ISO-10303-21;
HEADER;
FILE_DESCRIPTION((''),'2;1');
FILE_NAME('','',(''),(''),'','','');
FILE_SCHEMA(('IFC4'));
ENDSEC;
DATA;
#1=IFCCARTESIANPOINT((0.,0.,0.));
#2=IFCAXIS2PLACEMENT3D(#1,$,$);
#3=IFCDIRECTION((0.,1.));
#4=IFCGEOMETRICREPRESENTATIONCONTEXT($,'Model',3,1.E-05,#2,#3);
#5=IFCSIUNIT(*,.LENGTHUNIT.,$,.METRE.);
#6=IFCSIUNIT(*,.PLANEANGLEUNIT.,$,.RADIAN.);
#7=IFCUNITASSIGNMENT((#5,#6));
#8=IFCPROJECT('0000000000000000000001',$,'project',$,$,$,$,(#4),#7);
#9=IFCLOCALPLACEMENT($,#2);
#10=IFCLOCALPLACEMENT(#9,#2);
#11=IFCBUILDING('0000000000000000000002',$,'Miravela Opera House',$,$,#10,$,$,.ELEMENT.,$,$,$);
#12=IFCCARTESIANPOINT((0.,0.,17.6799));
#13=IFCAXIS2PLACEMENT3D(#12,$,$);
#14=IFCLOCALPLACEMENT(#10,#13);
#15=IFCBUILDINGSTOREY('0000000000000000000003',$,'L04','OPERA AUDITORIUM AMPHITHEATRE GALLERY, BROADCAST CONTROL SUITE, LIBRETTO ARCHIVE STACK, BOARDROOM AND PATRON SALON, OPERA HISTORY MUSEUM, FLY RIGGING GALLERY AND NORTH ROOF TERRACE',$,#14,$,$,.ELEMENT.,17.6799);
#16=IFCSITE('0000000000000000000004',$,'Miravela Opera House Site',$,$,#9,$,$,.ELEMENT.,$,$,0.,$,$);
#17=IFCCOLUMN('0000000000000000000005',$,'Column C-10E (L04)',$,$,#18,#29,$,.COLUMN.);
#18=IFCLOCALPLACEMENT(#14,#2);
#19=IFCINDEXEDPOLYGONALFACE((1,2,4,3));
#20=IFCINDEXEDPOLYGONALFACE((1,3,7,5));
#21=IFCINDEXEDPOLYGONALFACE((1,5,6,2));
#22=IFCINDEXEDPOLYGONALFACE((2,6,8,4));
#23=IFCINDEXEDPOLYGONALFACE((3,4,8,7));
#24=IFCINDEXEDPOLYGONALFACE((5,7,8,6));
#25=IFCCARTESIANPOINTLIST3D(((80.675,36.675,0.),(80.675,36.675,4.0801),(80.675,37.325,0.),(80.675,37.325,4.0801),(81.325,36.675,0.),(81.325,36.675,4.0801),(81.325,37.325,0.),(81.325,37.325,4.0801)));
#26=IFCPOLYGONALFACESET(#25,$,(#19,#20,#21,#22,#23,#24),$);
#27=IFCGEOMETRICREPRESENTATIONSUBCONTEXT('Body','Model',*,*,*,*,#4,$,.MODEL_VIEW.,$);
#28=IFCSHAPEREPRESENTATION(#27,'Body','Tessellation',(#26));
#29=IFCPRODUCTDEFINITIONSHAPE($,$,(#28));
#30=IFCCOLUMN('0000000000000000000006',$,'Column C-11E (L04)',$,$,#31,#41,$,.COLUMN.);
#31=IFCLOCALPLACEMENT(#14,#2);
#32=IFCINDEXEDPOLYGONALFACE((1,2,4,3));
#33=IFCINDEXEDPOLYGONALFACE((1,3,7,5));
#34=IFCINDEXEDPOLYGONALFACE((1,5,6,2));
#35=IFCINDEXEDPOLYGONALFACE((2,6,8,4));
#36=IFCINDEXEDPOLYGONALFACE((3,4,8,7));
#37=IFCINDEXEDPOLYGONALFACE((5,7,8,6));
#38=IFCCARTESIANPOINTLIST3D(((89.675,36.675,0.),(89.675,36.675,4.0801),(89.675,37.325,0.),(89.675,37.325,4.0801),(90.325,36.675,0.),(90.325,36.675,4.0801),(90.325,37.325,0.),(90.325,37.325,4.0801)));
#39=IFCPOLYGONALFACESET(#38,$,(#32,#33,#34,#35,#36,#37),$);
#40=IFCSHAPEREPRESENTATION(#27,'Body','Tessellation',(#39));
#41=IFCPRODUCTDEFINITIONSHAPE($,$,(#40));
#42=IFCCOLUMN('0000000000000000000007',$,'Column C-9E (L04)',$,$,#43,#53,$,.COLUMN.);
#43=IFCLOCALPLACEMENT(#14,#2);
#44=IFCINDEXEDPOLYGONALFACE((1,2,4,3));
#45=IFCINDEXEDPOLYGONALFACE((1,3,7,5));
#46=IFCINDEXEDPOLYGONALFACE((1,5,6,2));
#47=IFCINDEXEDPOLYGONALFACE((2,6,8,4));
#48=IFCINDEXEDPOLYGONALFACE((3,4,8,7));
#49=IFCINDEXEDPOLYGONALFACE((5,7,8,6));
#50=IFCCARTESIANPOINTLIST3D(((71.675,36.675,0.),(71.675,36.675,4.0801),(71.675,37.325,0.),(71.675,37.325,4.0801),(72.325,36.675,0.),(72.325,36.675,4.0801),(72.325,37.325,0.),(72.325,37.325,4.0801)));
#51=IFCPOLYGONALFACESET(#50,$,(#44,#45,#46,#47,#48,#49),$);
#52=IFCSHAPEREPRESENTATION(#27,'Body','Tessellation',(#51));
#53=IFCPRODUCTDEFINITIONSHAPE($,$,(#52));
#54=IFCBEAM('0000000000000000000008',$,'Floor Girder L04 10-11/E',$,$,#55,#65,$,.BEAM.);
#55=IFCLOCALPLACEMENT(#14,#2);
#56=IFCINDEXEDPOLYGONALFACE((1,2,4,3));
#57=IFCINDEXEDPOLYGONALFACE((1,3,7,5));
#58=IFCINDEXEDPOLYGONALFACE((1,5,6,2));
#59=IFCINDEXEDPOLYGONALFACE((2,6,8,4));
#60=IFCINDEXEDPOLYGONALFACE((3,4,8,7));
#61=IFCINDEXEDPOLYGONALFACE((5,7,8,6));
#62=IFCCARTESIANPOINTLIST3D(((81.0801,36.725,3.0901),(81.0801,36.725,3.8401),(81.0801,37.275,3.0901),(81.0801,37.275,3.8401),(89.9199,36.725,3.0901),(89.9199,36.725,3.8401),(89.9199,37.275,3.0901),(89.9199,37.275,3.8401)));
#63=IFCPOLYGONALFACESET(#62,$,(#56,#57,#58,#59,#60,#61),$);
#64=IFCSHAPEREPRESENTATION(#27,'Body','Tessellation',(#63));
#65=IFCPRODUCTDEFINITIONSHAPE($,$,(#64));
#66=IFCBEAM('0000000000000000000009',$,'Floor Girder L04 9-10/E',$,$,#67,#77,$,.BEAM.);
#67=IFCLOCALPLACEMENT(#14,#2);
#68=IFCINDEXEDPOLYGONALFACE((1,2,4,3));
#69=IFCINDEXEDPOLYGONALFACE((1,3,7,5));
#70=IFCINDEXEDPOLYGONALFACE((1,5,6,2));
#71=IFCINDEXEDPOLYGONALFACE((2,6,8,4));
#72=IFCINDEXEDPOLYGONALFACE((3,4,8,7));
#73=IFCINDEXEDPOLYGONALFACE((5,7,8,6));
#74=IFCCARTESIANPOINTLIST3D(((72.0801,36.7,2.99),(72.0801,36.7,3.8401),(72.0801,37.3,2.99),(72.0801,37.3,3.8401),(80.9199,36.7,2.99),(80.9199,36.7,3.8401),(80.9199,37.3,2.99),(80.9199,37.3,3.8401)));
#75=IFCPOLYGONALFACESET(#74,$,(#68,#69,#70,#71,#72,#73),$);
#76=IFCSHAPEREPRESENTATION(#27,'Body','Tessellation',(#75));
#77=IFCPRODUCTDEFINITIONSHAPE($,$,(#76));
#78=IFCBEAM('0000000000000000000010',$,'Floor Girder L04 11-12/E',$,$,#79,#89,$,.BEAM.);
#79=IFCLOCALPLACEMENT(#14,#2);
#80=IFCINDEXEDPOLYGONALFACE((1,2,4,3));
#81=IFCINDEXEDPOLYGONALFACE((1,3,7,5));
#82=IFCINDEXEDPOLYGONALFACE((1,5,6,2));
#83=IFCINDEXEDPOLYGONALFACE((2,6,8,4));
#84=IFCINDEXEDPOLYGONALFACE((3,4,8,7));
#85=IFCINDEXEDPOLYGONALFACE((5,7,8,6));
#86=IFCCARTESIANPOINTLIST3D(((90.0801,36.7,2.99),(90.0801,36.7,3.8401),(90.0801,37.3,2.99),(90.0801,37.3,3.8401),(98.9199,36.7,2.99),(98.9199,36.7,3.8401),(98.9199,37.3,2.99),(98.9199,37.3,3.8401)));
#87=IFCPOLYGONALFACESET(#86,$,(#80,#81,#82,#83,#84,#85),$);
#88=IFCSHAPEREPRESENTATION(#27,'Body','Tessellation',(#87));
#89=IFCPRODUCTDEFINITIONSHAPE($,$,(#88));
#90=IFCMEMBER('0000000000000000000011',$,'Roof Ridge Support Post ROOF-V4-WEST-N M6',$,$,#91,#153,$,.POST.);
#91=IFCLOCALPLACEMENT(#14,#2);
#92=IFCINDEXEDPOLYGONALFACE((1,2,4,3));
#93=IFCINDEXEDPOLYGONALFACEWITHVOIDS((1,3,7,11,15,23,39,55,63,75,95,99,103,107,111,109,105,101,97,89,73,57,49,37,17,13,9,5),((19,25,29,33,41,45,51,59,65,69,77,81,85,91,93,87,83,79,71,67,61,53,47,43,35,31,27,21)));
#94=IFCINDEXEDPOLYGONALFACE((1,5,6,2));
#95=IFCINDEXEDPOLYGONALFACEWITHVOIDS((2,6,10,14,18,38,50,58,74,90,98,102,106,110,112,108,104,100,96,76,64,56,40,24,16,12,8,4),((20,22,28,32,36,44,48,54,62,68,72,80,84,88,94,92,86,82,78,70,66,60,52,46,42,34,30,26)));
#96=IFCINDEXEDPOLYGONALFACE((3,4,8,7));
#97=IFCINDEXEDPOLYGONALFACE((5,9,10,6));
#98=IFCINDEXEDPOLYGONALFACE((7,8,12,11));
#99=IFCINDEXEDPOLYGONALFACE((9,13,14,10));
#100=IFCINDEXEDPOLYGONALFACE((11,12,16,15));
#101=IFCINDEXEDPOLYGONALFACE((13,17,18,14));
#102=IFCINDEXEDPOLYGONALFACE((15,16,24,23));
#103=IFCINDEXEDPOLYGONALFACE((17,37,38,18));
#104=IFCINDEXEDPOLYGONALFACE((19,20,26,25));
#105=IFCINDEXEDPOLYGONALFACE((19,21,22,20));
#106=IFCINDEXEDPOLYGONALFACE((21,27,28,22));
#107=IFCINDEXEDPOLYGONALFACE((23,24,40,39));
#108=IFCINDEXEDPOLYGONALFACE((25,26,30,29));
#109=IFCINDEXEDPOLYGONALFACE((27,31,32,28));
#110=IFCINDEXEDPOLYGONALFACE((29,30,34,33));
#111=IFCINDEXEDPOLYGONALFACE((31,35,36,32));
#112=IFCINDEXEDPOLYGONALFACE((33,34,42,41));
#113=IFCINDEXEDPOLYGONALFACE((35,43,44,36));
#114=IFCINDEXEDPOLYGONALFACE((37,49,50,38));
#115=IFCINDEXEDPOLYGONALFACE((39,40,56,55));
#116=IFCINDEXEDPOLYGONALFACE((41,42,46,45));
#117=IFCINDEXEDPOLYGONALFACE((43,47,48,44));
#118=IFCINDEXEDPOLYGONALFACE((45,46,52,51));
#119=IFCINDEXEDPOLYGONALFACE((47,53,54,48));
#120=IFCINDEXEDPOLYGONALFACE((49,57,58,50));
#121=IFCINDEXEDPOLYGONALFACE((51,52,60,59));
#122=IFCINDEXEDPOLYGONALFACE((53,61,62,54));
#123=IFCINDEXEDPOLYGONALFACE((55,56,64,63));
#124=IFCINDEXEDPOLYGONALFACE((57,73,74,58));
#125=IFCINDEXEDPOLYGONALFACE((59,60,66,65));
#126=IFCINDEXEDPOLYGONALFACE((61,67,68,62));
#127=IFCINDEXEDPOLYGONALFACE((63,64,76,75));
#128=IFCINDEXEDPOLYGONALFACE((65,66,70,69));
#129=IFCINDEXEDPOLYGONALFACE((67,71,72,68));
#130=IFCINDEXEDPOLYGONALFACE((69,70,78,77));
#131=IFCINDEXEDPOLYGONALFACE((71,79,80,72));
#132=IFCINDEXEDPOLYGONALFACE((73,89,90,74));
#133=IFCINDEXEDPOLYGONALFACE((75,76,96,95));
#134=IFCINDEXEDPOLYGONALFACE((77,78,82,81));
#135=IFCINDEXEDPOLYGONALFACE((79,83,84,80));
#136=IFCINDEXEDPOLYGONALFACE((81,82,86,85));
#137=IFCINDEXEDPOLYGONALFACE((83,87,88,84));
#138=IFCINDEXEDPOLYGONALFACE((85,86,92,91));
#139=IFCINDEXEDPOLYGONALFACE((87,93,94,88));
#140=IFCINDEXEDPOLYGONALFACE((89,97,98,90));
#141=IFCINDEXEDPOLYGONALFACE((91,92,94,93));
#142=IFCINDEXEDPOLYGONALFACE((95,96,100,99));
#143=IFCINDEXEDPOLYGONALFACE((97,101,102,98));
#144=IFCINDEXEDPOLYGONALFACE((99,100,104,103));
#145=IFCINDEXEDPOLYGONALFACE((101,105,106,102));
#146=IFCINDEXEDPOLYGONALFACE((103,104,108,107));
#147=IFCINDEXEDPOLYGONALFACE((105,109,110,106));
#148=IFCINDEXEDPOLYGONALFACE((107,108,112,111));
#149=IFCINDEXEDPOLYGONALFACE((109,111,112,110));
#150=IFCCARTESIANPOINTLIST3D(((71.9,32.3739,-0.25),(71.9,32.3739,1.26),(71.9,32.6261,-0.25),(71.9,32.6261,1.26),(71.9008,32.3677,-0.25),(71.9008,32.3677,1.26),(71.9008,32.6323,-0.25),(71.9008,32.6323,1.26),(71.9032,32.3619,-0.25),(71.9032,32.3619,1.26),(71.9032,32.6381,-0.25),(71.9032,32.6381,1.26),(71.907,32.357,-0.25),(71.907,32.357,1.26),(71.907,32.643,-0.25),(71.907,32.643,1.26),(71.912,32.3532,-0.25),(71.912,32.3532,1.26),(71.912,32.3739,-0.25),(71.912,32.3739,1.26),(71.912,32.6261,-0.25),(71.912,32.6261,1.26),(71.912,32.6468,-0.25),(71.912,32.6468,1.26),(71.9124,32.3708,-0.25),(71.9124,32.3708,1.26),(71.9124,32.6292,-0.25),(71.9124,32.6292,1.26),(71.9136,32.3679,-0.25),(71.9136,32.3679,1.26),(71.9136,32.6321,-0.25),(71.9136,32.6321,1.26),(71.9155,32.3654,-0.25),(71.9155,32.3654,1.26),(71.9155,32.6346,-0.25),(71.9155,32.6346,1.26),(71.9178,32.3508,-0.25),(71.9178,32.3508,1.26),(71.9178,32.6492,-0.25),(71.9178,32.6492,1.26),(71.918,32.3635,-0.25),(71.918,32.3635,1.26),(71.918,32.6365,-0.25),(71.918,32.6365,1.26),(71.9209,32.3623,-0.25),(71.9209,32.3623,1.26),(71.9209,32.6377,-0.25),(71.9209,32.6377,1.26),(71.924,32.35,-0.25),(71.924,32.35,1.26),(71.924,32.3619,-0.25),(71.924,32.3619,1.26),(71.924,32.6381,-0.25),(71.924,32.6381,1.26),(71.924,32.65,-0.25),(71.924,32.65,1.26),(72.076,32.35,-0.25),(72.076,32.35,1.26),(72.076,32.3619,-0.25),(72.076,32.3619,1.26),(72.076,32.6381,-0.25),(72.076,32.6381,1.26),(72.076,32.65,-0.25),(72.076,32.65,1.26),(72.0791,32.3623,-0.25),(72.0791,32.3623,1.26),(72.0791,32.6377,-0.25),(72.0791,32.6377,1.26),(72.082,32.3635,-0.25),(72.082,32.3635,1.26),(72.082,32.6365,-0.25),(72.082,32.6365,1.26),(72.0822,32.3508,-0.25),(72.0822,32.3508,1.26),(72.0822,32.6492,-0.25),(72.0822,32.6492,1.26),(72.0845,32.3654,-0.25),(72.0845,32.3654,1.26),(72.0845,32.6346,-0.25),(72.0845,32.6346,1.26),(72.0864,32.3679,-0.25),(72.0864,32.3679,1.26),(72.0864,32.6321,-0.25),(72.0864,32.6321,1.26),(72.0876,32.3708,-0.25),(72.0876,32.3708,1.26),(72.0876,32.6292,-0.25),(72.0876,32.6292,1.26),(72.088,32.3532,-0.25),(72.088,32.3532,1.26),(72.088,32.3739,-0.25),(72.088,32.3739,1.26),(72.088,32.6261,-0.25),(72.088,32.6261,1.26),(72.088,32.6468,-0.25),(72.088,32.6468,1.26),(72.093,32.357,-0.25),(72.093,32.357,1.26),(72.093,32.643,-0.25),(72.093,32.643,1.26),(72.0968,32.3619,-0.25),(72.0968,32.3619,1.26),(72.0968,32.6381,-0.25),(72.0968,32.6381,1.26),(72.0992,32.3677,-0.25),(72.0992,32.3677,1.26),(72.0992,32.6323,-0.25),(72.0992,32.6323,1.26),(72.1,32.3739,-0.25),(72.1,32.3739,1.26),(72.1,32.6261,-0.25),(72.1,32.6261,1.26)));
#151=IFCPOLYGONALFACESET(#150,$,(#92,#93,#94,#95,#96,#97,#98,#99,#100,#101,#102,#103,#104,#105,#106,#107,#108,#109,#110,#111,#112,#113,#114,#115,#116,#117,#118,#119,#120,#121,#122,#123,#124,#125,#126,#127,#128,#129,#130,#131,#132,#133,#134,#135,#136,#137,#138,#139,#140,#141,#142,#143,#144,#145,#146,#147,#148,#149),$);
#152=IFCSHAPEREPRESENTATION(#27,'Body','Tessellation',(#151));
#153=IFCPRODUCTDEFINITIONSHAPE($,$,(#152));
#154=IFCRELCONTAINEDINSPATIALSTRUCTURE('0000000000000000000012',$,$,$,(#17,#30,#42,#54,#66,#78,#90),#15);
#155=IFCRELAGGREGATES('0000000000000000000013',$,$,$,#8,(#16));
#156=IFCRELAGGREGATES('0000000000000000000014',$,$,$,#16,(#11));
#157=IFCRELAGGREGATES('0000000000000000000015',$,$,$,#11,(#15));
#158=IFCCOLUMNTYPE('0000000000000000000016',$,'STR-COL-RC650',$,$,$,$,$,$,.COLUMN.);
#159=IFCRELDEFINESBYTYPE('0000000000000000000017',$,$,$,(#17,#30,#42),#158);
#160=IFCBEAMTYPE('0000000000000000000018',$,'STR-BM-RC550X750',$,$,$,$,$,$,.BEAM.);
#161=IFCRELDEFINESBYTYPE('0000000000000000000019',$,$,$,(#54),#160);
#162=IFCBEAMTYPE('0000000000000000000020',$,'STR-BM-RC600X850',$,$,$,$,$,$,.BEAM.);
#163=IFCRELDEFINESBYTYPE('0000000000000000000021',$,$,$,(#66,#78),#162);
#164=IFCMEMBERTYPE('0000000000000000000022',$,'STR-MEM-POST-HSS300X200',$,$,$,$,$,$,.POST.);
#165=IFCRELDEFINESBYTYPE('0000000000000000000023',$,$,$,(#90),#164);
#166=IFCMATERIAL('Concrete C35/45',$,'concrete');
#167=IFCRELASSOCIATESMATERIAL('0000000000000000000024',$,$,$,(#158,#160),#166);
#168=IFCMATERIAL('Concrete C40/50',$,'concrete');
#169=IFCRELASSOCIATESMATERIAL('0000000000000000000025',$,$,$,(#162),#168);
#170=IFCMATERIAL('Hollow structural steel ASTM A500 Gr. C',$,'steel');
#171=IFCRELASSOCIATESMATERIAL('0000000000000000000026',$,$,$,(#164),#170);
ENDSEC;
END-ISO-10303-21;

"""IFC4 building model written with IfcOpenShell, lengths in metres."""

from ifc_helpers import new_model, si_unit, direction, frame, origin, origin_2d, place, context, subcontext, project, spatial, rectangle, hollow_rectangle, extrude, material, material_profile, profile_set, type_object, element, save


model = new_model("IFC4")

# Units and contexts
model_context = context("Model", 3, precision=1e-05, world=origin(), true_north=direction((0.0, 1.0)))
body_context = subcontext(model_context, "Body", "Model", "MODEL_VIEW")
ifc_project = project(units=[si_unit("LENGTHUNIT", "METRE"), si_unit("PLANEANGLEUNIT", "RADIAN")], contexts=[model_context])

# Site, building, storey
site_placement = place(None, origin())
site = spatial("IfcSite", under=ifc_project, at=site_placement, Name="Miravela Opera House Site", CompositionType="ELEMENT", RefElevation=0.0)
building_placement = place(site_placement, origin())
building = spatial("IfcBuilding", under=site, at=building_placement, Name="Miravela Opera House", CompositionType="ELEMENT")
storey_placement = place(building_placement, frame((0.0, 0.0, 17.6799)))
storey = spatial("IfcBuildingStorey", under=building, at=storey_placement, Name="L04", Description="OPERA AUDITORIUM AMPHITHEATRE GALLERY, BROADCAST CONTROL SUITE, LIBRETTO ARCHIVE STACK, BOARDROOM AND PATRON SALON, OPERA HISTORY MUSEUM, FLY RIGGING GALLERY AND NORTH ROOF TERRACE", CompositionType="ELEMENT", Elevation=17.6799)

# Columns
ifc_material_1 = material(Name="Concrete C35/45", Category="concrete")
ifc_material_profile_1 = material_profile(ifc_material_1, rectangle(XDim=0.6499, YDim=0.6499, at=origin_2d()), Name="RC-COL-650X650")
ifc_profile_set_1 = profile_set([ifc_material_profile_1])
column_type = type_object("IfcColumnType", Name="STR-COL-RC650", PredefinedType="COLUMN", material=ifc_profile_set_1)
for number, where, z_axis, x_axis, name in (
    (1, (81.0, 37.0, 0.0), (0.0, 0.0, 1.0), (1.0, 0.0, 0.0), "Column C-10E (L04)"),
    (2, (90.0, 37.0, 0.0), (0.0, 0.0, 1.0), (1.0, 0.0, 0.0), "Column C-11E (L04)"),
    (3, (72.0, 37.0, 0.0), (0.0, 0.0, 1.0), (1.0, 0.0, 0.0), "Column C-9E (L04)"),
):
    element("IfcColumn", number, at=place(storey_placement, frame(where, z_axis=z_axis, x_axis=x_axis)), inside=storey, type_object=column_type, Name=name, PredefinedType="COLUMN", context=body_context, shape_type="SweptSolid", body=[
        extrude(rectangle(XDim=0.6499, YDim=0.6499, at=origin_2d()), origin(), (0.0, 0.0, 1.0), 4.0801),
    ])

# Beams
ifc_material_profile_2 = material_profile(ifc_material_1, rectangle(XDim=0.55, YDim=0.75, at=origin_2d()), Name="RC-BM-550X750")
ifc_profile_set_2 = profile_set([ifc_material_profile_2])
beam_type_1 = type_object("IfcBeamType", Name="STR-BM-RC550X750", PredefinedType="BEAM", material=ifc_profile_set_2)
beam_placement = place(storey_placement, frame((81.0801, 37.0, 3.4651), z_axis=(1.0, 0.0, 0.0), x_axis=(0.0, 1.0, 0.0)))
element("IfcBeam", 4, at=beam_placement, inside=storey, type_object=beam_type_1, Name="Floor Girder L04 10-11/E", PredefinedType="BEAM", context=body_context, shape_type="SweptSolid", body=[
    extrude(rectangle(XDim=0.55, YDim=0.75, at=origin_2d()), origin(), (0.0, 0.0, 1.0), 8.8398),
])
ifc_material_2 = material(Name="Concrete C40/50", Category="concrete")
ifc_material_profile_3 = material_profile(ifc_material_2, rectangle(XDim=0.6001, YDim=0.8501, at=origin_2d()), Name="RC-BM-600X850")
ifc_profile_set_3 = profile_set([ifc_material_profile_3])
beam_type_2 = type_object("IfcBeamType", Name="STR-BM-RC600X850", PredefinedType="BEAM", material=ifc_profile_set_3)
for number, where, z_axis, x_axis, name in (
    (5, (72.0801, 37.0, 3.415), (1.0, 0.0, 0.0), (0.0, 1.0, 0.0), "Floor Girder L04 9-10/E"),
    (6, (90.0801, 37.0, 3.415), (1.0, 0.0, 0.0), (0.0, 1.0, 0.0), "Floor Girder L04 11-12/E"),
):
    element("IfcBeam", number, at=place(storey_placement, frame(where, z_axis=z_axis, x_axis=x_axis)), inside=storey, type_object=beam_type_2, Name=name, PredefinedType="BEAM", context=body_context, shape_type="SweptSolid", body=[
        extrude(rectangle(XDim=0.6001, YDim=0.8501, at=origin_2d()), origin(), (0.0, 0.0, 1.0), 8.8398),
    ])

# Member
ifc_material_3 = material(Name="Hollow structural steel ASTM A500 Gr. C", Category="steel")
ifc_material_profile_4 = material_profile(ifc_material_3, hollow_rectangle(XDim=0.2, YDim=0.3, WallThickness=0.012, InnerFilletRadius=0.012, OuterFilletRadius=0.0239, at=origin_2d()), Name="HSS300X200X12")
ifc_profile_set_4 = profile_set([ifc_material_profile_4])
member_type_1 = type_object("IfcMemberType", Name="STR-MEM-POST-HSS300X200", PredefinedType="POST", material=ifc_profile_set_4)
for number, where, z_axis, x_axis, name in (
    (7, (72.0, 32.5, -0.25), (0.0, 0.0, 1.0), (1.0, 0.0, 0.0), "Roof Ridge Support Post ROOF-V4-WEST-N M6"),
):
    element("IfcMember", number, at=place(storey_placement, frame(where, z_axis=z_axis, x_axis=x_axis)), inside=storey, type_object=member_type_1, Name=name, PredefinedType="POST", context=body_context, shape_type="SweptSolid", body=[
        extrude(hollow_rectangle(XDim=0.2, YDim=0.3, WallThickness=0.012, InnerFilletRadius=0.012, OuterFilletRadius=0.0239, at=origin_2d()), origin(), (0.0, 0.0, 1.0), 1.51),
    ])

save(model, "model.ifc")
